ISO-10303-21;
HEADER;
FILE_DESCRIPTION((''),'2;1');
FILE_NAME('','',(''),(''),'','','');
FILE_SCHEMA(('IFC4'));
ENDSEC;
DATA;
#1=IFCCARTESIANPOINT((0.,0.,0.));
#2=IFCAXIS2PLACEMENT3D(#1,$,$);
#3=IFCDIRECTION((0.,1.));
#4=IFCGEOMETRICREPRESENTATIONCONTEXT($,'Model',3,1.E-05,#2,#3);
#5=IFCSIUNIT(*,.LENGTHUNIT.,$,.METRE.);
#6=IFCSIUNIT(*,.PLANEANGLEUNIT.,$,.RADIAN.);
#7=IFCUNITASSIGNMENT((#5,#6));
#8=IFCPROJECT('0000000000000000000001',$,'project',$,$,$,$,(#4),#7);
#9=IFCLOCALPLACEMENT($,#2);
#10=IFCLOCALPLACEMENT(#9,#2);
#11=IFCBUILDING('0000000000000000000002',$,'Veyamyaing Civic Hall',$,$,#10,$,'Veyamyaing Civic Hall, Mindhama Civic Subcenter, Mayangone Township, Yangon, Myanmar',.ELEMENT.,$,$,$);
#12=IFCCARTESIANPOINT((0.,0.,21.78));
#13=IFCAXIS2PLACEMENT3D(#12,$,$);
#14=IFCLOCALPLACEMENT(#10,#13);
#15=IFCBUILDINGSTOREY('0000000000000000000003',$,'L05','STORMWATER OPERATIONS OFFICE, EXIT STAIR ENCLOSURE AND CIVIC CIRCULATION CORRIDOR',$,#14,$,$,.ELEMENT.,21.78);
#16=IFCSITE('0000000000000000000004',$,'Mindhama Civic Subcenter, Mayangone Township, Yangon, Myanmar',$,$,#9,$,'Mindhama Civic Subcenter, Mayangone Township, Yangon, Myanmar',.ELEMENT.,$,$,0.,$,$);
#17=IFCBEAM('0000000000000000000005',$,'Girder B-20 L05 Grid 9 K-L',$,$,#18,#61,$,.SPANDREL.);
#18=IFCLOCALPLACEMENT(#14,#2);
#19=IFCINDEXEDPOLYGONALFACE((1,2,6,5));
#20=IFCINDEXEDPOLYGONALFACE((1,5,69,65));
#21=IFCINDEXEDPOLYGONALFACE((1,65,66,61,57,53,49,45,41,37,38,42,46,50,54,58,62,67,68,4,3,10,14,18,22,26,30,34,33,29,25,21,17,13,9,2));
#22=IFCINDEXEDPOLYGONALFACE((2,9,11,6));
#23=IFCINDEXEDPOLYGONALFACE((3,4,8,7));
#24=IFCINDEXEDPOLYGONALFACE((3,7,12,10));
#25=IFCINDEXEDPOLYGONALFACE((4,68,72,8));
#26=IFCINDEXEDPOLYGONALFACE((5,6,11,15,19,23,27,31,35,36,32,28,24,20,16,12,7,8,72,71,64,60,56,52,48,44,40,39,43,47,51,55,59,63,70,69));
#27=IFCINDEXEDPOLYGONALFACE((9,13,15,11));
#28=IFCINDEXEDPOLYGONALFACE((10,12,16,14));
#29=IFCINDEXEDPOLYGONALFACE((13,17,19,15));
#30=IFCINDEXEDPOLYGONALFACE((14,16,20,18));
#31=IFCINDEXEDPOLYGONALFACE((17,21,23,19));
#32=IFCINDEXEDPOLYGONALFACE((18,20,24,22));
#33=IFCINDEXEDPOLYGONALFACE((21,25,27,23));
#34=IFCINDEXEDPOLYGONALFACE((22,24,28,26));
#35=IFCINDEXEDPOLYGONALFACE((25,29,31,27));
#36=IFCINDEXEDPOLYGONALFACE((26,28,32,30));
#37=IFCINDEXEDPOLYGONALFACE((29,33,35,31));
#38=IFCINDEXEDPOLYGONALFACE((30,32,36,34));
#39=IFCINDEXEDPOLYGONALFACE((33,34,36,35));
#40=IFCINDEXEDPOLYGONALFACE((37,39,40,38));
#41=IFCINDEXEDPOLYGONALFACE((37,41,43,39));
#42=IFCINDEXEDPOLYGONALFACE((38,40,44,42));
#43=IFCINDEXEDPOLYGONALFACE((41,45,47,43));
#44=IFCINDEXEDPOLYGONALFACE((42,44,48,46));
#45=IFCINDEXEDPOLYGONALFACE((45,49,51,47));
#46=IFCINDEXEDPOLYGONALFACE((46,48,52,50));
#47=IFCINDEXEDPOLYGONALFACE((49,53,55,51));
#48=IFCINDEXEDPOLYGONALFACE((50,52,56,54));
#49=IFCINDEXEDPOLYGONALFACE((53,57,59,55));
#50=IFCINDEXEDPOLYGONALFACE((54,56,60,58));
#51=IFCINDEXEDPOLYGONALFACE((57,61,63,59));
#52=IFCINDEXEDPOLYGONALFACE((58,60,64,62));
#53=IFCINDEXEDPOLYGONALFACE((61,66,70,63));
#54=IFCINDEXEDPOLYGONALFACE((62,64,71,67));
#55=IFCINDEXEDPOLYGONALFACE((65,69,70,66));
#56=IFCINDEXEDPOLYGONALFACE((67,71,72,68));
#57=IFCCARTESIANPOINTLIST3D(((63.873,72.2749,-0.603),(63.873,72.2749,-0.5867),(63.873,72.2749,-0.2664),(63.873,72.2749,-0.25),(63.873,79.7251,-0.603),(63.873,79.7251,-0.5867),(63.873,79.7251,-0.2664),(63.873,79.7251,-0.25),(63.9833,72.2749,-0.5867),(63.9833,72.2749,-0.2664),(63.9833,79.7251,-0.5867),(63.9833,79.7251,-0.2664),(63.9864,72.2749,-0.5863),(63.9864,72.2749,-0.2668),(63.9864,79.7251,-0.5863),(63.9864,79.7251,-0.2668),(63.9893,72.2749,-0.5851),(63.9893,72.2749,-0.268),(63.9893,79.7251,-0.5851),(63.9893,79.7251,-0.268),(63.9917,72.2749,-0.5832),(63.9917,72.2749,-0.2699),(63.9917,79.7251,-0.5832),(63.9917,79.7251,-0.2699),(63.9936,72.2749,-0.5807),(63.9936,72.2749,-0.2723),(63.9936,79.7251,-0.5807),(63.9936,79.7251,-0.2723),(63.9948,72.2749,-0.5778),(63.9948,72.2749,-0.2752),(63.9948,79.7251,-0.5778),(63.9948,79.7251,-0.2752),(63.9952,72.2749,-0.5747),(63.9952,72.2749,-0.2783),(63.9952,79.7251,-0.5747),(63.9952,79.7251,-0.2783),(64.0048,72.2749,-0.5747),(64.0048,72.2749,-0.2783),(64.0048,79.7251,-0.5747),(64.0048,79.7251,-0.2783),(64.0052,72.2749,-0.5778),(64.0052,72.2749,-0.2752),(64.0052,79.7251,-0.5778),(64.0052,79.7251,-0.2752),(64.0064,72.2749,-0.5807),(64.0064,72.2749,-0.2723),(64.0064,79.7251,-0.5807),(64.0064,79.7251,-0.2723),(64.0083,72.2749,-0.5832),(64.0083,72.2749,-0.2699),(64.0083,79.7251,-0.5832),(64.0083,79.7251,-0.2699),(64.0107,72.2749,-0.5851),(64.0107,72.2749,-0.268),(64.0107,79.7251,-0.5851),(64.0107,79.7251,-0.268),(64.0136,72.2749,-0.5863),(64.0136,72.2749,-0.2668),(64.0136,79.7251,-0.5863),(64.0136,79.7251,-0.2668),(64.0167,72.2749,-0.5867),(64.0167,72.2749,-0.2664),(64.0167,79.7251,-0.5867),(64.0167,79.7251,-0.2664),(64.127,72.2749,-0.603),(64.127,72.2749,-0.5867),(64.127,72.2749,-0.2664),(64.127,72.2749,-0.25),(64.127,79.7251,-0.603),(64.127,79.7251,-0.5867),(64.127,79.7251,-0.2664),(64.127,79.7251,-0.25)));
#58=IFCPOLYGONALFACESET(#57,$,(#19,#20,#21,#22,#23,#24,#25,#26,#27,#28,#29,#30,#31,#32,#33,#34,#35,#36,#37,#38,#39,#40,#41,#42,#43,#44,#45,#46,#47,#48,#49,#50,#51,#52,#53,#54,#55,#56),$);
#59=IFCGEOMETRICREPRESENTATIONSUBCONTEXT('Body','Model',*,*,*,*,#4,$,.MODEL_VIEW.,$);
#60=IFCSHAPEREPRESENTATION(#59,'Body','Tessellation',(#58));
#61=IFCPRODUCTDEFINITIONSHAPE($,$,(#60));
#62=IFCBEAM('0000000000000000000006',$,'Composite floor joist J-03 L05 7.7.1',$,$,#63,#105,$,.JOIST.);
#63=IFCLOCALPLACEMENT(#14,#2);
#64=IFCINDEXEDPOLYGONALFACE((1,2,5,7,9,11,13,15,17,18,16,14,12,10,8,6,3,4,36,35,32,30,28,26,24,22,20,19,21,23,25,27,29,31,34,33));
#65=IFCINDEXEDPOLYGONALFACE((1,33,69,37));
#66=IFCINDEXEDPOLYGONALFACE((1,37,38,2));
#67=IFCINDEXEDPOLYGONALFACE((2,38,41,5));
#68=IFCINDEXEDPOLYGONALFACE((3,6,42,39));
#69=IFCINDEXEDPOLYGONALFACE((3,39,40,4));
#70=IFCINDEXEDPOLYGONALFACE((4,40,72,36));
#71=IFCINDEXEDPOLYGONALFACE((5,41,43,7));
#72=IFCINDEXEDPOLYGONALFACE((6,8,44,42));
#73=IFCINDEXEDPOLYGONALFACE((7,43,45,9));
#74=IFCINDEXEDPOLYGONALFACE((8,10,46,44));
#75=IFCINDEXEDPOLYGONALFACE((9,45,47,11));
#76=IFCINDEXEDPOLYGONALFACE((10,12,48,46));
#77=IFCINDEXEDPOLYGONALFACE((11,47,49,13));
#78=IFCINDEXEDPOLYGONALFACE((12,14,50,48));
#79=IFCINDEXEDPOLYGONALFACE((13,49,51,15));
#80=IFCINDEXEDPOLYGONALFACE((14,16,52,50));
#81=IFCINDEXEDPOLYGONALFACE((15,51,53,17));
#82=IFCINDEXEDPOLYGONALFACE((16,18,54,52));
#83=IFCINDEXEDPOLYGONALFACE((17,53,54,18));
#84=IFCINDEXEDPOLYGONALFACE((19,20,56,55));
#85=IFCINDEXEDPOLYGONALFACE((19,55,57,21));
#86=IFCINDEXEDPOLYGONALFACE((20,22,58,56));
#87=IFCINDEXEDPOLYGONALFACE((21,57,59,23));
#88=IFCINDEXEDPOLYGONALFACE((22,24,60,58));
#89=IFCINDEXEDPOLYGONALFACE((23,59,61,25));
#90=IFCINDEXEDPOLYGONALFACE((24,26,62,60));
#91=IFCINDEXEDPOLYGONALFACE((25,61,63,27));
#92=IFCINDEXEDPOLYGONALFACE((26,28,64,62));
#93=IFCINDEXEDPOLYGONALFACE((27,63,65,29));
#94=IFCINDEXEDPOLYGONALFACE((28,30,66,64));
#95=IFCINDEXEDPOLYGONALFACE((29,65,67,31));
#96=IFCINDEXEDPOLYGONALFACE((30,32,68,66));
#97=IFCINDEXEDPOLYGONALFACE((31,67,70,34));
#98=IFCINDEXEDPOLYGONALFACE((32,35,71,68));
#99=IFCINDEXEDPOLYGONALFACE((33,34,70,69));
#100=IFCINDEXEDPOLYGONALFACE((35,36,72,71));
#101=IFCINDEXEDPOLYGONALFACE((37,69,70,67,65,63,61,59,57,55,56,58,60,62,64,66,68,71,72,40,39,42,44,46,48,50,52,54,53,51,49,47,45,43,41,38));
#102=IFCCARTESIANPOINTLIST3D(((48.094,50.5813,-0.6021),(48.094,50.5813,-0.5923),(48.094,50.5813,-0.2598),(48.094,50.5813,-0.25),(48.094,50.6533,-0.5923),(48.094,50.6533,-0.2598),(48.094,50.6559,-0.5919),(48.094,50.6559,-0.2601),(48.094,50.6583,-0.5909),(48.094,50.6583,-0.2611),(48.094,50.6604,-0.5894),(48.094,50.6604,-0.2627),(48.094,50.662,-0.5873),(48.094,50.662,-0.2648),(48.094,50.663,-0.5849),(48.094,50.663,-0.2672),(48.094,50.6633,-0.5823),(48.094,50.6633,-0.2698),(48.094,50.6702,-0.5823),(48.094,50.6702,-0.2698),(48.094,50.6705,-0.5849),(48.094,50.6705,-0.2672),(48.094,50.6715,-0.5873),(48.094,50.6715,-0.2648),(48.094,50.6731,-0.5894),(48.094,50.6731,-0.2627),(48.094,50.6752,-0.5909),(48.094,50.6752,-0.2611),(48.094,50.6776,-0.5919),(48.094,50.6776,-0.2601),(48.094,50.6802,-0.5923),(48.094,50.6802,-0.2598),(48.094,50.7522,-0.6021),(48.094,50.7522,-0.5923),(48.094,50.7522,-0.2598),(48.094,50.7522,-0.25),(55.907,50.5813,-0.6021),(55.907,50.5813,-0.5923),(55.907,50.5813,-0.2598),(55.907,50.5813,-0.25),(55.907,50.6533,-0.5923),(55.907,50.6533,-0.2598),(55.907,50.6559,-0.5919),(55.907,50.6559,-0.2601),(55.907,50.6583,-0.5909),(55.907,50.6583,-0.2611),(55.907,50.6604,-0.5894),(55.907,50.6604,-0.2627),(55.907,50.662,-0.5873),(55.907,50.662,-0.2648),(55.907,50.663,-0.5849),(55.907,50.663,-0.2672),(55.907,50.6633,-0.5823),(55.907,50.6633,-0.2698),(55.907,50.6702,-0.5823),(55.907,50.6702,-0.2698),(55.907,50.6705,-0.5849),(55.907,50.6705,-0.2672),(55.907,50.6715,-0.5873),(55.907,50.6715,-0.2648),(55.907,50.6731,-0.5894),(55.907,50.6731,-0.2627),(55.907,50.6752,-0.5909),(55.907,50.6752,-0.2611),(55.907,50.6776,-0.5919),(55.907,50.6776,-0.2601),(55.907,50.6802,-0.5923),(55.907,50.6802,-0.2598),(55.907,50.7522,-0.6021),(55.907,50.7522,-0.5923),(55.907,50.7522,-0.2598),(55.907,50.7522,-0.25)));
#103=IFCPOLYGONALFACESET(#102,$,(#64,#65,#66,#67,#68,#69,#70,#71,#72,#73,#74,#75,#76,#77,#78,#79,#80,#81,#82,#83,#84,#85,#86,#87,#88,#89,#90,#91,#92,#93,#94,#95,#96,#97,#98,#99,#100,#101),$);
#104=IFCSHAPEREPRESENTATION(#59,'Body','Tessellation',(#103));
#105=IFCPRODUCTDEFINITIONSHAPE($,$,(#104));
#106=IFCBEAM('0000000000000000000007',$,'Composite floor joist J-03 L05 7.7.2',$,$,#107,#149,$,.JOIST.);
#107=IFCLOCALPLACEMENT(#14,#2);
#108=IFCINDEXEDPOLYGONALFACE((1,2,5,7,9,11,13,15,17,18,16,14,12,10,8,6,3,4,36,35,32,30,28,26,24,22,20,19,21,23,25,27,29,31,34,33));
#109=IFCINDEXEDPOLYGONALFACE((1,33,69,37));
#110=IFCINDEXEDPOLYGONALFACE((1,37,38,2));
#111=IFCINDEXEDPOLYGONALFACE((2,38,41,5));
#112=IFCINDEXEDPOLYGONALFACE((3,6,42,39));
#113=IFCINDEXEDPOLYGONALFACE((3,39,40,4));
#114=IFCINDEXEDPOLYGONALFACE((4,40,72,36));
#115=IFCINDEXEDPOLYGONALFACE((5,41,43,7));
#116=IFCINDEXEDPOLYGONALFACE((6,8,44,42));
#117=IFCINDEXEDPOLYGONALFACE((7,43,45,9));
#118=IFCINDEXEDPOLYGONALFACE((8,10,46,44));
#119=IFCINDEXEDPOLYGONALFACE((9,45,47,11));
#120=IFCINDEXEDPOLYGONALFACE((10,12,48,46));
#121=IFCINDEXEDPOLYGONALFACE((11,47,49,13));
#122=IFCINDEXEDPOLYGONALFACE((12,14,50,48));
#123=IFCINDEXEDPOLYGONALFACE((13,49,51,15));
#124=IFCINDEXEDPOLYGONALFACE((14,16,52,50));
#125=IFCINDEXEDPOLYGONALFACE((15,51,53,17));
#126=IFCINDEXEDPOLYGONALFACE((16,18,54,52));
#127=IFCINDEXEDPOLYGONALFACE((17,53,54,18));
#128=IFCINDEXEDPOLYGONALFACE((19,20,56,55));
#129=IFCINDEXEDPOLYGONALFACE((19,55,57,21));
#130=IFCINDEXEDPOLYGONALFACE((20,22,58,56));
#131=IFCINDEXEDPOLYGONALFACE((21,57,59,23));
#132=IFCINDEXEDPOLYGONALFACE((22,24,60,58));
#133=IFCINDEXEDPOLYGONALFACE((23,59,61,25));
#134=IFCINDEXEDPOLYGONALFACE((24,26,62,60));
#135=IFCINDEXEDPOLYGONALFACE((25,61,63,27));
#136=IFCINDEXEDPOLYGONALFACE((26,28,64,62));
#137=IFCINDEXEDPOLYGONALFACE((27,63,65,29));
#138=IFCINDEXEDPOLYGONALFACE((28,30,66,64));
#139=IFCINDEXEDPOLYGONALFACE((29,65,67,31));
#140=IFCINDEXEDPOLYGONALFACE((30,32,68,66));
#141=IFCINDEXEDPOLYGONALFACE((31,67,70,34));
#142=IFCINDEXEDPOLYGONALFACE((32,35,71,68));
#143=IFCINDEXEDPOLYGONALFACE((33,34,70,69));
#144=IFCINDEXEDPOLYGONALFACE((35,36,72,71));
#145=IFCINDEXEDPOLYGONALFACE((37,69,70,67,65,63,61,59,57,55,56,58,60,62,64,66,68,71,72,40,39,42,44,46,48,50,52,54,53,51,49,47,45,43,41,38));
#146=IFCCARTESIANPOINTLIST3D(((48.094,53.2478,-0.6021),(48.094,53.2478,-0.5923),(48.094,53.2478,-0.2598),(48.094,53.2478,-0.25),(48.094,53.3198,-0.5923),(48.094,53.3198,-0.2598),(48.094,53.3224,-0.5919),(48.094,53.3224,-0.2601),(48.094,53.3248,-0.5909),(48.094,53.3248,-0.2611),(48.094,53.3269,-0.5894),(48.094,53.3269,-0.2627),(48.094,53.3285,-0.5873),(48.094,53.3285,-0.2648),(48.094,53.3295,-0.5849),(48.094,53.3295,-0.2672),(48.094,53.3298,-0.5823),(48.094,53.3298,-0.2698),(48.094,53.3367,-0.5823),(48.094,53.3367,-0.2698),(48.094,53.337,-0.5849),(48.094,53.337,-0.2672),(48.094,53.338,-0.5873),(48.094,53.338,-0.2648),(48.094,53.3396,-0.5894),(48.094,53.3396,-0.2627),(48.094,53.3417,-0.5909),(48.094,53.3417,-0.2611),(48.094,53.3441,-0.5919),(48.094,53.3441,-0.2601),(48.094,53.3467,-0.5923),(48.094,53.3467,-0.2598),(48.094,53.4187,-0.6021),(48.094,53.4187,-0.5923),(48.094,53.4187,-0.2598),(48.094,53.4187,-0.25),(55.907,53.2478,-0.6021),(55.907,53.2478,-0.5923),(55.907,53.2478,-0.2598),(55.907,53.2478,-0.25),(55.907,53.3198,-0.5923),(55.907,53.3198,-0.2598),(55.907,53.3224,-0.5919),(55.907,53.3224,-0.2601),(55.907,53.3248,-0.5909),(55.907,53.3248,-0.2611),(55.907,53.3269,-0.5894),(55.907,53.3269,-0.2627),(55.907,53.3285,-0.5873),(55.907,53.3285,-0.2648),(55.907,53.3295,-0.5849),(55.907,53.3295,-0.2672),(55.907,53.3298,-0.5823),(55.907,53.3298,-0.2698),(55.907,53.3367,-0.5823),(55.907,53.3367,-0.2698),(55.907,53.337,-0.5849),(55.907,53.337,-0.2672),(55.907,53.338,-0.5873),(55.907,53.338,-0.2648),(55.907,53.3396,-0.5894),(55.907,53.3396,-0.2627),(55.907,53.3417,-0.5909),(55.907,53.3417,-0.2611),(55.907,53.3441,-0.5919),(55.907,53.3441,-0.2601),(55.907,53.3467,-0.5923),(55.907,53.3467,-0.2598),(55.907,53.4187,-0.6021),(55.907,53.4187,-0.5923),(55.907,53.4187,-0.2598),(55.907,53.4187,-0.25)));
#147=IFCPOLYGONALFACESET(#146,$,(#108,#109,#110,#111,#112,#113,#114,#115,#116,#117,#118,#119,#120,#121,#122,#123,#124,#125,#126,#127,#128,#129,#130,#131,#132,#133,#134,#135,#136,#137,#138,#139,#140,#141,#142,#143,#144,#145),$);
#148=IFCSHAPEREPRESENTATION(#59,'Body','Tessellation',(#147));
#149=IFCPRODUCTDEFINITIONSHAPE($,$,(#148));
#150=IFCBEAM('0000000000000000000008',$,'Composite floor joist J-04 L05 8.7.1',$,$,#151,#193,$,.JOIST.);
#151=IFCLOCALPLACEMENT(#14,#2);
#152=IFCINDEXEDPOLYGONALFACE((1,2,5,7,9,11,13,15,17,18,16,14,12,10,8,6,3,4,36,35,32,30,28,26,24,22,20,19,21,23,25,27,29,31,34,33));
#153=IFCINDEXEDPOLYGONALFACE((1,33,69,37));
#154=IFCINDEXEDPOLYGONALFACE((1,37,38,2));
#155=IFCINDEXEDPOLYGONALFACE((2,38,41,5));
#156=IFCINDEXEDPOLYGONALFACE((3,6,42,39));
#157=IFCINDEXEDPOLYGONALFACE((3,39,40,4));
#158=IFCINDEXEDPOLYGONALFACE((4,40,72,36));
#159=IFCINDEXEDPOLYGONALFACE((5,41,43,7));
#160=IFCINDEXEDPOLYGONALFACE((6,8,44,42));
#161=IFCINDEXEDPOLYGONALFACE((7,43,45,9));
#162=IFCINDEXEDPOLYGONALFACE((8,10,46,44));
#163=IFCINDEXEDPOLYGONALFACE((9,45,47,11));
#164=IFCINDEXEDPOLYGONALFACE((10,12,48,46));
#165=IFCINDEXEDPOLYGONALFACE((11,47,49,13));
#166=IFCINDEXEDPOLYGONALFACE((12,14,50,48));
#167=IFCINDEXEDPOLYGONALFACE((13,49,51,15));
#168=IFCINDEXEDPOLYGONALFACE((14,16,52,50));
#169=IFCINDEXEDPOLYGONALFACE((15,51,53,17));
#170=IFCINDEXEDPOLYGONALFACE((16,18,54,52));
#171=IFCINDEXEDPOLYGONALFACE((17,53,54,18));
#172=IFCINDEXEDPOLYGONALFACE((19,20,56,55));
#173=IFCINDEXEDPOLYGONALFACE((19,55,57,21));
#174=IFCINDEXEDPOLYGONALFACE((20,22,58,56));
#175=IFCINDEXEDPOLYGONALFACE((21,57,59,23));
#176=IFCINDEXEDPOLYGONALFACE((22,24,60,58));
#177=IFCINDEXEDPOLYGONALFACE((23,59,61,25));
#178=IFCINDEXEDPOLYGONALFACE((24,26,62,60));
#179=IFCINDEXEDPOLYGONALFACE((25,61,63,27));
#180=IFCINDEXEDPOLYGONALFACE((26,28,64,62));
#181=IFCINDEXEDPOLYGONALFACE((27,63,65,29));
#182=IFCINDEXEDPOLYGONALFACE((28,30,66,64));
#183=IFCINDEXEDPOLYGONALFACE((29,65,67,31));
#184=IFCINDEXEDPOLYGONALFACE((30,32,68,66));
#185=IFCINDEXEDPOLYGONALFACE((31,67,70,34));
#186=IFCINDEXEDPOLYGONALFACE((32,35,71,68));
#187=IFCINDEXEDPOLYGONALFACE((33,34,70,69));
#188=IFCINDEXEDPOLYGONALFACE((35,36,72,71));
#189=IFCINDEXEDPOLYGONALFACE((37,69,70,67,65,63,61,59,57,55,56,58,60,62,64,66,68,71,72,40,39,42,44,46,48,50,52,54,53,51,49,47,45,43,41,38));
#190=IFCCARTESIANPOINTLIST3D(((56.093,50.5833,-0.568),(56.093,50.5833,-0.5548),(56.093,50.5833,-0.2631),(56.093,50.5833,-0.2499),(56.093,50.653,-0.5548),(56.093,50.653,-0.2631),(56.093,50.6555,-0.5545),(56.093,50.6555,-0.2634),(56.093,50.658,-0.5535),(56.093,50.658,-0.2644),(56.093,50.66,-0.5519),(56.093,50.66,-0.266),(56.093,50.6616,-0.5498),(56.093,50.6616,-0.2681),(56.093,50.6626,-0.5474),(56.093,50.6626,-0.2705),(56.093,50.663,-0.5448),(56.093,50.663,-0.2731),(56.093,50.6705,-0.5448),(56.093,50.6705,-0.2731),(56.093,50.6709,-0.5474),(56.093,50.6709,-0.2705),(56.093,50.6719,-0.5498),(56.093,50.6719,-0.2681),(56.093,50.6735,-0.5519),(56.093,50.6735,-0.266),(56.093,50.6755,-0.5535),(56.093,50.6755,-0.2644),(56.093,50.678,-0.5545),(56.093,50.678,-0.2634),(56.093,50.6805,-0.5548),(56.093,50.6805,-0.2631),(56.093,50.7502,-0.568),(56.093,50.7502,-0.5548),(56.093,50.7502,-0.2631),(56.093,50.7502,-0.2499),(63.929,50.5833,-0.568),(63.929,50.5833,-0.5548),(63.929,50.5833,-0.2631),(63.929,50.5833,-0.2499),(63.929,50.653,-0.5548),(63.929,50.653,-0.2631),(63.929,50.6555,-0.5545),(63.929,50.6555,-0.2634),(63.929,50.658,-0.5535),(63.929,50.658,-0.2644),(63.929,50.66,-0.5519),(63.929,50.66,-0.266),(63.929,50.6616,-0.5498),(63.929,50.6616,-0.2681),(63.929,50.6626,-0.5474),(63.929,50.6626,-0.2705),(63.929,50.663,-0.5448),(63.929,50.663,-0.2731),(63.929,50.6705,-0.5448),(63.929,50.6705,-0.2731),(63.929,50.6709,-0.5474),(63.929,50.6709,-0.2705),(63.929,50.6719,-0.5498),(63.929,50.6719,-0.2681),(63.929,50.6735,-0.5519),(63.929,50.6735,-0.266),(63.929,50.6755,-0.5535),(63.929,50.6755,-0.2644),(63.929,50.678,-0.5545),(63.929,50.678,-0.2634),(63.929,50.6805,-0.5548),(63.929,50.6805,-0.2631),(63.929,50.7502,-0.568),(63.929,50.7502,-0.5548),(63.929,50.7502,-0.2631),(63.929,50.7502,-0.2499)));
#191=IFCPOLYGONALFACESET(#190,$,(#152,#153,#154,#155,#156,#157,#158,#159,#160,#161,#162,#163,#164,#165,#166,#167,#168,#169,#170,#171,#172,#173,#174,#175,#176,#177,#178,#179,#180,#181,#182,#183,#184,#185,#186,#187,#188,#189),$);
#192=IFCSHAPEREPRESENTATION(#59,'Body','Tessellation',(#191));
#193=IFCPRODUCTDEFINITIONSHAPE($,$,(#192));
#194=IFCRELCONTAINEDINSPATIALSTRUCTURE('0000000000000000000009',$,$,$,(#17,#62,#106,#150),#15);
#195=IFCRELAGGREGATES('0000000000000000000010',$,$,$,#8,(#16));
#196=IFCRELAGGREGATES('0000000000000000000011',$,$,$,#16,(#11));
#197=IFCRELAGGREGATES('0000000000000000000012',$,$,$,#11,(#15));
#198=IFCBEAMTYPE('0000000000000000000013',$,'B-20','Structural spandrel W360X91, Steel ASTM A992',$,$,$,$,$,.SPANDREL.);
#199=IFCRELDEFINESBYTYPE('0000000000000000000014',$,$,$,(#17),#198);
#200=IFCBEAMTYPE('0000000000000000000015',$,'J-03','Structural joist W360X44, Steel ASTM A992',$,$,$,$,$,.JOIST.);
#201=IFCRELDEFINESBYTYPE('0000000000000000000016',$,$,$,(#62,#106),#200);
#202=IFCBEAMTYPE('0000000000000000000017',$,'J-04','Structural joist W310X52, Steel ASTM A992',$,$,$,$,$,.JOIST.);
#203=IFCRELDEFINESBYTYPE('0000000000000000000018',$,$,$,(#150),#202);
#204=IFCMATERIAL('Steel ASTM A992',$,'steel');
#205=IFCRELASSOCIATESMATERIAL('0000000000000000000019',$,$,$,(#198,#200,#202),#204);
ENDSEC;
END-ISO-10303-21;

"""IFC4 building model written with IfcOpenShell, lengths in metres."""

from ifc_helpers import new_model, si_unit, direction, frame, origin, origin_2d, place, context, subcontext, project, spatial, i_section, extrude, material, material_profile, profile_set, type_object, element, save


model = new_model("IFC4")

# Units and contexts
model_context = context("Model", 3, precision=1e-05, world=origin(), true_north=direction((0.0, 1.0)))
body_context = subcontext(model_context, "Body", "Model", "MODEL_VIEW")
ifc_project = project(units=[si_unit("LENGTHUNIT", "METRE"), si_unit("PLANEANGLEUNIT", "RADIAN")], contexts=[model_context])

# Site, building, storey
site_placement = place(None, origin())
site = spatial("IfcSite", under=ifc_project, at=site_placement, Name="Mindhama Civic Subcenter, Mayangone Township, Yangon, Myanmar", LongName="Mindhama Civic Subcenter, Mayangone Township, Yangon, Myanmar", CompositionType="ELEMENT", RefElevation=0.0)
building_placement = place(site_placement, origin())
building = spatial("IfcBuilding", under=site, at=building_placement, Name="Veyamyaing Civic Hall", LongName="Veyamyaing Civic Hall, Mindhama Civic Subcenter, Mayangone Township, Yangon, Myanmar", CompositionType="ELEMENT")
storey_placement = place(building_placement, frame((0.0, 0.0, 21.78)))
storey = spatial("IfcBuildingStorey", under=building, at=storey_placement, Name="L05", Description="STORMWATER OPERATIONS OFFICE, EXIT STAIR ENCLOSURE AND CIVIC CIRCULATION CORRIDOR", CompositionType="ELEMENT", Elevation=21.78)

# Beams
ifc_material_1 = material(Name="Steel ASTM A992", Category="steel")
ifc_material_profile_1 = material_profile(ifc_material_1, i_section(OverallWidth=0.2539, OverallDepth=0.353, WebThickness=0.0095, FlangeThickness=0.0164, FilletRadius=0.012, at=origin_2d()), Name="W360X91")
ifc_profile_set_1 = profile_set([ifc_material_profile_1], Name="Steel ASTM A992")
beam_type_1 = type_object("IfcBeamType", Name="B-20", Description="Structural spandrel W360X91, Steel ASTM A992", PredefinedType="SPANDREL", material=ifc_profile_set_1)
for number, where, z_axis, x_axis, name in (
    (1, (64.0, 72.2749, -0.4265), (0.0, 1.0, 0.0), (-1.0, 0.0, 0.0), "Girder B-20 L05 Grid 9 K-L"),
):
    element("IfcBeam", number, at=place(storey_placement, frame(where, z_axis=z_axis, x_axis=x_axis)), inside=storey, type_object=beam_type_1, Name=name, PredefinedType="SPANDREL", context=body_context, shape_type="SweptSolid", body=[
        extrude(i_section(OverallWidth=0.2539, OverallDepth=0.353, WebThickness=0.0095, FlangeThickness=0.0164, FilletRadius=0.012, at=origin_2d()), origin(), (0.0, 0.0, 1.0), 7.4502),
    ])
ifc_material_profile_2 = material_profile(ifc_material_1, i_section(OverallWidth=0.1709, OverallDepth=0.3521, WebThickness=0.0068, FlangeThickness=0.0098, FilletRadius=0.01, at=origin_2d()), Name="W360X44")
ifc_profile_set_2 = profile_set([ifc_material_profile_2], Name="Steel ASTM A992")
beam_type_2 = type_object("IfcBeamType", Name="J-03", Description="Structural joist W360X44, Steel ASTM A992", PredefinedType="JOIST", material=ifc_profile_set_2)
for number, where, z_axis, x_axis, name in (
    (2, (48.094, 50.6667, -0.426), (1.0, 0.0, 0.0), (0.0, 1.0, 0.0), "Composite floor joist J-03 L05 7.7.1"),
    (3, (48.094, 53.3333, -0.426), (1.0, 0.0, 0.0), (0.0, 1.0, 0.0), "Composite floor joist J-03 L05 7.7.2"),
):
    element("IfcBeam", number, at=place(storey_placement, frame(where, z_axis=z_axis, x_axis=x_axis)), inside=storey, type_object=beam_type_2, Name=name, PredefinedType="JOIST", context=body_context, shape_type="SweptSolid", body=[
        extrude(i_section(OverallWidth=0.1709, OverallDepth=0.3521, WebThickness=0.0068, FlangeThickness=0.0098, FilletRadius=0.01, at=origin_2d()), origin(), (0.0, 0.0, 1.0), 7.813),
    ])
ifc_material_profile_3 = material_profile(ifc_material_1, i_section(OverallWidth=0.167, OverallDepth=0.3181, WebThickness=0.0076, FlangeThickness=0.0132, FilletRadius=0.01, at=origin_2d()), Name="W310X52")
ifc_profile_set_3 = profile_set([ifc_material_profile_3], Name="Steel ASTM A992")
beam_type_3 = type_object("IfcBeamType", Name="J-04", Description="Structural joist W310X52, Steel ASTM A992", PredefinedType="JOIST", material=ifc_profile_set_3)
for number, where, z_axis, x_axis, name in (
    (4, (56.093, 50.6667, -0.4089), (1.0, 0.0, 0.0), (0.0, 1.0, 0.0), "Composite floor joist J-04 L05 8.7.1"),
):
    element("IfcBeam", number, at=place(storey_placement, frame(where, z_axis=z_axis, x_axis=x_axis)), inside=storey, type_object=beam_type_3, Name=name, PredefinedType="JOIST", context=body_context, shape_type="SweptSolid", body=[
        extrude(i_section(OverallWidth=0.167, OverallDepth=0.3181, WebThickness=0.0076, FlangeThickness=0.0132, FilletRadius=0.01, at=origin_2d()), origin(), (0.0, 0.0, 1.0), 7.8359),
    ])

save(model, "model.ifc")
